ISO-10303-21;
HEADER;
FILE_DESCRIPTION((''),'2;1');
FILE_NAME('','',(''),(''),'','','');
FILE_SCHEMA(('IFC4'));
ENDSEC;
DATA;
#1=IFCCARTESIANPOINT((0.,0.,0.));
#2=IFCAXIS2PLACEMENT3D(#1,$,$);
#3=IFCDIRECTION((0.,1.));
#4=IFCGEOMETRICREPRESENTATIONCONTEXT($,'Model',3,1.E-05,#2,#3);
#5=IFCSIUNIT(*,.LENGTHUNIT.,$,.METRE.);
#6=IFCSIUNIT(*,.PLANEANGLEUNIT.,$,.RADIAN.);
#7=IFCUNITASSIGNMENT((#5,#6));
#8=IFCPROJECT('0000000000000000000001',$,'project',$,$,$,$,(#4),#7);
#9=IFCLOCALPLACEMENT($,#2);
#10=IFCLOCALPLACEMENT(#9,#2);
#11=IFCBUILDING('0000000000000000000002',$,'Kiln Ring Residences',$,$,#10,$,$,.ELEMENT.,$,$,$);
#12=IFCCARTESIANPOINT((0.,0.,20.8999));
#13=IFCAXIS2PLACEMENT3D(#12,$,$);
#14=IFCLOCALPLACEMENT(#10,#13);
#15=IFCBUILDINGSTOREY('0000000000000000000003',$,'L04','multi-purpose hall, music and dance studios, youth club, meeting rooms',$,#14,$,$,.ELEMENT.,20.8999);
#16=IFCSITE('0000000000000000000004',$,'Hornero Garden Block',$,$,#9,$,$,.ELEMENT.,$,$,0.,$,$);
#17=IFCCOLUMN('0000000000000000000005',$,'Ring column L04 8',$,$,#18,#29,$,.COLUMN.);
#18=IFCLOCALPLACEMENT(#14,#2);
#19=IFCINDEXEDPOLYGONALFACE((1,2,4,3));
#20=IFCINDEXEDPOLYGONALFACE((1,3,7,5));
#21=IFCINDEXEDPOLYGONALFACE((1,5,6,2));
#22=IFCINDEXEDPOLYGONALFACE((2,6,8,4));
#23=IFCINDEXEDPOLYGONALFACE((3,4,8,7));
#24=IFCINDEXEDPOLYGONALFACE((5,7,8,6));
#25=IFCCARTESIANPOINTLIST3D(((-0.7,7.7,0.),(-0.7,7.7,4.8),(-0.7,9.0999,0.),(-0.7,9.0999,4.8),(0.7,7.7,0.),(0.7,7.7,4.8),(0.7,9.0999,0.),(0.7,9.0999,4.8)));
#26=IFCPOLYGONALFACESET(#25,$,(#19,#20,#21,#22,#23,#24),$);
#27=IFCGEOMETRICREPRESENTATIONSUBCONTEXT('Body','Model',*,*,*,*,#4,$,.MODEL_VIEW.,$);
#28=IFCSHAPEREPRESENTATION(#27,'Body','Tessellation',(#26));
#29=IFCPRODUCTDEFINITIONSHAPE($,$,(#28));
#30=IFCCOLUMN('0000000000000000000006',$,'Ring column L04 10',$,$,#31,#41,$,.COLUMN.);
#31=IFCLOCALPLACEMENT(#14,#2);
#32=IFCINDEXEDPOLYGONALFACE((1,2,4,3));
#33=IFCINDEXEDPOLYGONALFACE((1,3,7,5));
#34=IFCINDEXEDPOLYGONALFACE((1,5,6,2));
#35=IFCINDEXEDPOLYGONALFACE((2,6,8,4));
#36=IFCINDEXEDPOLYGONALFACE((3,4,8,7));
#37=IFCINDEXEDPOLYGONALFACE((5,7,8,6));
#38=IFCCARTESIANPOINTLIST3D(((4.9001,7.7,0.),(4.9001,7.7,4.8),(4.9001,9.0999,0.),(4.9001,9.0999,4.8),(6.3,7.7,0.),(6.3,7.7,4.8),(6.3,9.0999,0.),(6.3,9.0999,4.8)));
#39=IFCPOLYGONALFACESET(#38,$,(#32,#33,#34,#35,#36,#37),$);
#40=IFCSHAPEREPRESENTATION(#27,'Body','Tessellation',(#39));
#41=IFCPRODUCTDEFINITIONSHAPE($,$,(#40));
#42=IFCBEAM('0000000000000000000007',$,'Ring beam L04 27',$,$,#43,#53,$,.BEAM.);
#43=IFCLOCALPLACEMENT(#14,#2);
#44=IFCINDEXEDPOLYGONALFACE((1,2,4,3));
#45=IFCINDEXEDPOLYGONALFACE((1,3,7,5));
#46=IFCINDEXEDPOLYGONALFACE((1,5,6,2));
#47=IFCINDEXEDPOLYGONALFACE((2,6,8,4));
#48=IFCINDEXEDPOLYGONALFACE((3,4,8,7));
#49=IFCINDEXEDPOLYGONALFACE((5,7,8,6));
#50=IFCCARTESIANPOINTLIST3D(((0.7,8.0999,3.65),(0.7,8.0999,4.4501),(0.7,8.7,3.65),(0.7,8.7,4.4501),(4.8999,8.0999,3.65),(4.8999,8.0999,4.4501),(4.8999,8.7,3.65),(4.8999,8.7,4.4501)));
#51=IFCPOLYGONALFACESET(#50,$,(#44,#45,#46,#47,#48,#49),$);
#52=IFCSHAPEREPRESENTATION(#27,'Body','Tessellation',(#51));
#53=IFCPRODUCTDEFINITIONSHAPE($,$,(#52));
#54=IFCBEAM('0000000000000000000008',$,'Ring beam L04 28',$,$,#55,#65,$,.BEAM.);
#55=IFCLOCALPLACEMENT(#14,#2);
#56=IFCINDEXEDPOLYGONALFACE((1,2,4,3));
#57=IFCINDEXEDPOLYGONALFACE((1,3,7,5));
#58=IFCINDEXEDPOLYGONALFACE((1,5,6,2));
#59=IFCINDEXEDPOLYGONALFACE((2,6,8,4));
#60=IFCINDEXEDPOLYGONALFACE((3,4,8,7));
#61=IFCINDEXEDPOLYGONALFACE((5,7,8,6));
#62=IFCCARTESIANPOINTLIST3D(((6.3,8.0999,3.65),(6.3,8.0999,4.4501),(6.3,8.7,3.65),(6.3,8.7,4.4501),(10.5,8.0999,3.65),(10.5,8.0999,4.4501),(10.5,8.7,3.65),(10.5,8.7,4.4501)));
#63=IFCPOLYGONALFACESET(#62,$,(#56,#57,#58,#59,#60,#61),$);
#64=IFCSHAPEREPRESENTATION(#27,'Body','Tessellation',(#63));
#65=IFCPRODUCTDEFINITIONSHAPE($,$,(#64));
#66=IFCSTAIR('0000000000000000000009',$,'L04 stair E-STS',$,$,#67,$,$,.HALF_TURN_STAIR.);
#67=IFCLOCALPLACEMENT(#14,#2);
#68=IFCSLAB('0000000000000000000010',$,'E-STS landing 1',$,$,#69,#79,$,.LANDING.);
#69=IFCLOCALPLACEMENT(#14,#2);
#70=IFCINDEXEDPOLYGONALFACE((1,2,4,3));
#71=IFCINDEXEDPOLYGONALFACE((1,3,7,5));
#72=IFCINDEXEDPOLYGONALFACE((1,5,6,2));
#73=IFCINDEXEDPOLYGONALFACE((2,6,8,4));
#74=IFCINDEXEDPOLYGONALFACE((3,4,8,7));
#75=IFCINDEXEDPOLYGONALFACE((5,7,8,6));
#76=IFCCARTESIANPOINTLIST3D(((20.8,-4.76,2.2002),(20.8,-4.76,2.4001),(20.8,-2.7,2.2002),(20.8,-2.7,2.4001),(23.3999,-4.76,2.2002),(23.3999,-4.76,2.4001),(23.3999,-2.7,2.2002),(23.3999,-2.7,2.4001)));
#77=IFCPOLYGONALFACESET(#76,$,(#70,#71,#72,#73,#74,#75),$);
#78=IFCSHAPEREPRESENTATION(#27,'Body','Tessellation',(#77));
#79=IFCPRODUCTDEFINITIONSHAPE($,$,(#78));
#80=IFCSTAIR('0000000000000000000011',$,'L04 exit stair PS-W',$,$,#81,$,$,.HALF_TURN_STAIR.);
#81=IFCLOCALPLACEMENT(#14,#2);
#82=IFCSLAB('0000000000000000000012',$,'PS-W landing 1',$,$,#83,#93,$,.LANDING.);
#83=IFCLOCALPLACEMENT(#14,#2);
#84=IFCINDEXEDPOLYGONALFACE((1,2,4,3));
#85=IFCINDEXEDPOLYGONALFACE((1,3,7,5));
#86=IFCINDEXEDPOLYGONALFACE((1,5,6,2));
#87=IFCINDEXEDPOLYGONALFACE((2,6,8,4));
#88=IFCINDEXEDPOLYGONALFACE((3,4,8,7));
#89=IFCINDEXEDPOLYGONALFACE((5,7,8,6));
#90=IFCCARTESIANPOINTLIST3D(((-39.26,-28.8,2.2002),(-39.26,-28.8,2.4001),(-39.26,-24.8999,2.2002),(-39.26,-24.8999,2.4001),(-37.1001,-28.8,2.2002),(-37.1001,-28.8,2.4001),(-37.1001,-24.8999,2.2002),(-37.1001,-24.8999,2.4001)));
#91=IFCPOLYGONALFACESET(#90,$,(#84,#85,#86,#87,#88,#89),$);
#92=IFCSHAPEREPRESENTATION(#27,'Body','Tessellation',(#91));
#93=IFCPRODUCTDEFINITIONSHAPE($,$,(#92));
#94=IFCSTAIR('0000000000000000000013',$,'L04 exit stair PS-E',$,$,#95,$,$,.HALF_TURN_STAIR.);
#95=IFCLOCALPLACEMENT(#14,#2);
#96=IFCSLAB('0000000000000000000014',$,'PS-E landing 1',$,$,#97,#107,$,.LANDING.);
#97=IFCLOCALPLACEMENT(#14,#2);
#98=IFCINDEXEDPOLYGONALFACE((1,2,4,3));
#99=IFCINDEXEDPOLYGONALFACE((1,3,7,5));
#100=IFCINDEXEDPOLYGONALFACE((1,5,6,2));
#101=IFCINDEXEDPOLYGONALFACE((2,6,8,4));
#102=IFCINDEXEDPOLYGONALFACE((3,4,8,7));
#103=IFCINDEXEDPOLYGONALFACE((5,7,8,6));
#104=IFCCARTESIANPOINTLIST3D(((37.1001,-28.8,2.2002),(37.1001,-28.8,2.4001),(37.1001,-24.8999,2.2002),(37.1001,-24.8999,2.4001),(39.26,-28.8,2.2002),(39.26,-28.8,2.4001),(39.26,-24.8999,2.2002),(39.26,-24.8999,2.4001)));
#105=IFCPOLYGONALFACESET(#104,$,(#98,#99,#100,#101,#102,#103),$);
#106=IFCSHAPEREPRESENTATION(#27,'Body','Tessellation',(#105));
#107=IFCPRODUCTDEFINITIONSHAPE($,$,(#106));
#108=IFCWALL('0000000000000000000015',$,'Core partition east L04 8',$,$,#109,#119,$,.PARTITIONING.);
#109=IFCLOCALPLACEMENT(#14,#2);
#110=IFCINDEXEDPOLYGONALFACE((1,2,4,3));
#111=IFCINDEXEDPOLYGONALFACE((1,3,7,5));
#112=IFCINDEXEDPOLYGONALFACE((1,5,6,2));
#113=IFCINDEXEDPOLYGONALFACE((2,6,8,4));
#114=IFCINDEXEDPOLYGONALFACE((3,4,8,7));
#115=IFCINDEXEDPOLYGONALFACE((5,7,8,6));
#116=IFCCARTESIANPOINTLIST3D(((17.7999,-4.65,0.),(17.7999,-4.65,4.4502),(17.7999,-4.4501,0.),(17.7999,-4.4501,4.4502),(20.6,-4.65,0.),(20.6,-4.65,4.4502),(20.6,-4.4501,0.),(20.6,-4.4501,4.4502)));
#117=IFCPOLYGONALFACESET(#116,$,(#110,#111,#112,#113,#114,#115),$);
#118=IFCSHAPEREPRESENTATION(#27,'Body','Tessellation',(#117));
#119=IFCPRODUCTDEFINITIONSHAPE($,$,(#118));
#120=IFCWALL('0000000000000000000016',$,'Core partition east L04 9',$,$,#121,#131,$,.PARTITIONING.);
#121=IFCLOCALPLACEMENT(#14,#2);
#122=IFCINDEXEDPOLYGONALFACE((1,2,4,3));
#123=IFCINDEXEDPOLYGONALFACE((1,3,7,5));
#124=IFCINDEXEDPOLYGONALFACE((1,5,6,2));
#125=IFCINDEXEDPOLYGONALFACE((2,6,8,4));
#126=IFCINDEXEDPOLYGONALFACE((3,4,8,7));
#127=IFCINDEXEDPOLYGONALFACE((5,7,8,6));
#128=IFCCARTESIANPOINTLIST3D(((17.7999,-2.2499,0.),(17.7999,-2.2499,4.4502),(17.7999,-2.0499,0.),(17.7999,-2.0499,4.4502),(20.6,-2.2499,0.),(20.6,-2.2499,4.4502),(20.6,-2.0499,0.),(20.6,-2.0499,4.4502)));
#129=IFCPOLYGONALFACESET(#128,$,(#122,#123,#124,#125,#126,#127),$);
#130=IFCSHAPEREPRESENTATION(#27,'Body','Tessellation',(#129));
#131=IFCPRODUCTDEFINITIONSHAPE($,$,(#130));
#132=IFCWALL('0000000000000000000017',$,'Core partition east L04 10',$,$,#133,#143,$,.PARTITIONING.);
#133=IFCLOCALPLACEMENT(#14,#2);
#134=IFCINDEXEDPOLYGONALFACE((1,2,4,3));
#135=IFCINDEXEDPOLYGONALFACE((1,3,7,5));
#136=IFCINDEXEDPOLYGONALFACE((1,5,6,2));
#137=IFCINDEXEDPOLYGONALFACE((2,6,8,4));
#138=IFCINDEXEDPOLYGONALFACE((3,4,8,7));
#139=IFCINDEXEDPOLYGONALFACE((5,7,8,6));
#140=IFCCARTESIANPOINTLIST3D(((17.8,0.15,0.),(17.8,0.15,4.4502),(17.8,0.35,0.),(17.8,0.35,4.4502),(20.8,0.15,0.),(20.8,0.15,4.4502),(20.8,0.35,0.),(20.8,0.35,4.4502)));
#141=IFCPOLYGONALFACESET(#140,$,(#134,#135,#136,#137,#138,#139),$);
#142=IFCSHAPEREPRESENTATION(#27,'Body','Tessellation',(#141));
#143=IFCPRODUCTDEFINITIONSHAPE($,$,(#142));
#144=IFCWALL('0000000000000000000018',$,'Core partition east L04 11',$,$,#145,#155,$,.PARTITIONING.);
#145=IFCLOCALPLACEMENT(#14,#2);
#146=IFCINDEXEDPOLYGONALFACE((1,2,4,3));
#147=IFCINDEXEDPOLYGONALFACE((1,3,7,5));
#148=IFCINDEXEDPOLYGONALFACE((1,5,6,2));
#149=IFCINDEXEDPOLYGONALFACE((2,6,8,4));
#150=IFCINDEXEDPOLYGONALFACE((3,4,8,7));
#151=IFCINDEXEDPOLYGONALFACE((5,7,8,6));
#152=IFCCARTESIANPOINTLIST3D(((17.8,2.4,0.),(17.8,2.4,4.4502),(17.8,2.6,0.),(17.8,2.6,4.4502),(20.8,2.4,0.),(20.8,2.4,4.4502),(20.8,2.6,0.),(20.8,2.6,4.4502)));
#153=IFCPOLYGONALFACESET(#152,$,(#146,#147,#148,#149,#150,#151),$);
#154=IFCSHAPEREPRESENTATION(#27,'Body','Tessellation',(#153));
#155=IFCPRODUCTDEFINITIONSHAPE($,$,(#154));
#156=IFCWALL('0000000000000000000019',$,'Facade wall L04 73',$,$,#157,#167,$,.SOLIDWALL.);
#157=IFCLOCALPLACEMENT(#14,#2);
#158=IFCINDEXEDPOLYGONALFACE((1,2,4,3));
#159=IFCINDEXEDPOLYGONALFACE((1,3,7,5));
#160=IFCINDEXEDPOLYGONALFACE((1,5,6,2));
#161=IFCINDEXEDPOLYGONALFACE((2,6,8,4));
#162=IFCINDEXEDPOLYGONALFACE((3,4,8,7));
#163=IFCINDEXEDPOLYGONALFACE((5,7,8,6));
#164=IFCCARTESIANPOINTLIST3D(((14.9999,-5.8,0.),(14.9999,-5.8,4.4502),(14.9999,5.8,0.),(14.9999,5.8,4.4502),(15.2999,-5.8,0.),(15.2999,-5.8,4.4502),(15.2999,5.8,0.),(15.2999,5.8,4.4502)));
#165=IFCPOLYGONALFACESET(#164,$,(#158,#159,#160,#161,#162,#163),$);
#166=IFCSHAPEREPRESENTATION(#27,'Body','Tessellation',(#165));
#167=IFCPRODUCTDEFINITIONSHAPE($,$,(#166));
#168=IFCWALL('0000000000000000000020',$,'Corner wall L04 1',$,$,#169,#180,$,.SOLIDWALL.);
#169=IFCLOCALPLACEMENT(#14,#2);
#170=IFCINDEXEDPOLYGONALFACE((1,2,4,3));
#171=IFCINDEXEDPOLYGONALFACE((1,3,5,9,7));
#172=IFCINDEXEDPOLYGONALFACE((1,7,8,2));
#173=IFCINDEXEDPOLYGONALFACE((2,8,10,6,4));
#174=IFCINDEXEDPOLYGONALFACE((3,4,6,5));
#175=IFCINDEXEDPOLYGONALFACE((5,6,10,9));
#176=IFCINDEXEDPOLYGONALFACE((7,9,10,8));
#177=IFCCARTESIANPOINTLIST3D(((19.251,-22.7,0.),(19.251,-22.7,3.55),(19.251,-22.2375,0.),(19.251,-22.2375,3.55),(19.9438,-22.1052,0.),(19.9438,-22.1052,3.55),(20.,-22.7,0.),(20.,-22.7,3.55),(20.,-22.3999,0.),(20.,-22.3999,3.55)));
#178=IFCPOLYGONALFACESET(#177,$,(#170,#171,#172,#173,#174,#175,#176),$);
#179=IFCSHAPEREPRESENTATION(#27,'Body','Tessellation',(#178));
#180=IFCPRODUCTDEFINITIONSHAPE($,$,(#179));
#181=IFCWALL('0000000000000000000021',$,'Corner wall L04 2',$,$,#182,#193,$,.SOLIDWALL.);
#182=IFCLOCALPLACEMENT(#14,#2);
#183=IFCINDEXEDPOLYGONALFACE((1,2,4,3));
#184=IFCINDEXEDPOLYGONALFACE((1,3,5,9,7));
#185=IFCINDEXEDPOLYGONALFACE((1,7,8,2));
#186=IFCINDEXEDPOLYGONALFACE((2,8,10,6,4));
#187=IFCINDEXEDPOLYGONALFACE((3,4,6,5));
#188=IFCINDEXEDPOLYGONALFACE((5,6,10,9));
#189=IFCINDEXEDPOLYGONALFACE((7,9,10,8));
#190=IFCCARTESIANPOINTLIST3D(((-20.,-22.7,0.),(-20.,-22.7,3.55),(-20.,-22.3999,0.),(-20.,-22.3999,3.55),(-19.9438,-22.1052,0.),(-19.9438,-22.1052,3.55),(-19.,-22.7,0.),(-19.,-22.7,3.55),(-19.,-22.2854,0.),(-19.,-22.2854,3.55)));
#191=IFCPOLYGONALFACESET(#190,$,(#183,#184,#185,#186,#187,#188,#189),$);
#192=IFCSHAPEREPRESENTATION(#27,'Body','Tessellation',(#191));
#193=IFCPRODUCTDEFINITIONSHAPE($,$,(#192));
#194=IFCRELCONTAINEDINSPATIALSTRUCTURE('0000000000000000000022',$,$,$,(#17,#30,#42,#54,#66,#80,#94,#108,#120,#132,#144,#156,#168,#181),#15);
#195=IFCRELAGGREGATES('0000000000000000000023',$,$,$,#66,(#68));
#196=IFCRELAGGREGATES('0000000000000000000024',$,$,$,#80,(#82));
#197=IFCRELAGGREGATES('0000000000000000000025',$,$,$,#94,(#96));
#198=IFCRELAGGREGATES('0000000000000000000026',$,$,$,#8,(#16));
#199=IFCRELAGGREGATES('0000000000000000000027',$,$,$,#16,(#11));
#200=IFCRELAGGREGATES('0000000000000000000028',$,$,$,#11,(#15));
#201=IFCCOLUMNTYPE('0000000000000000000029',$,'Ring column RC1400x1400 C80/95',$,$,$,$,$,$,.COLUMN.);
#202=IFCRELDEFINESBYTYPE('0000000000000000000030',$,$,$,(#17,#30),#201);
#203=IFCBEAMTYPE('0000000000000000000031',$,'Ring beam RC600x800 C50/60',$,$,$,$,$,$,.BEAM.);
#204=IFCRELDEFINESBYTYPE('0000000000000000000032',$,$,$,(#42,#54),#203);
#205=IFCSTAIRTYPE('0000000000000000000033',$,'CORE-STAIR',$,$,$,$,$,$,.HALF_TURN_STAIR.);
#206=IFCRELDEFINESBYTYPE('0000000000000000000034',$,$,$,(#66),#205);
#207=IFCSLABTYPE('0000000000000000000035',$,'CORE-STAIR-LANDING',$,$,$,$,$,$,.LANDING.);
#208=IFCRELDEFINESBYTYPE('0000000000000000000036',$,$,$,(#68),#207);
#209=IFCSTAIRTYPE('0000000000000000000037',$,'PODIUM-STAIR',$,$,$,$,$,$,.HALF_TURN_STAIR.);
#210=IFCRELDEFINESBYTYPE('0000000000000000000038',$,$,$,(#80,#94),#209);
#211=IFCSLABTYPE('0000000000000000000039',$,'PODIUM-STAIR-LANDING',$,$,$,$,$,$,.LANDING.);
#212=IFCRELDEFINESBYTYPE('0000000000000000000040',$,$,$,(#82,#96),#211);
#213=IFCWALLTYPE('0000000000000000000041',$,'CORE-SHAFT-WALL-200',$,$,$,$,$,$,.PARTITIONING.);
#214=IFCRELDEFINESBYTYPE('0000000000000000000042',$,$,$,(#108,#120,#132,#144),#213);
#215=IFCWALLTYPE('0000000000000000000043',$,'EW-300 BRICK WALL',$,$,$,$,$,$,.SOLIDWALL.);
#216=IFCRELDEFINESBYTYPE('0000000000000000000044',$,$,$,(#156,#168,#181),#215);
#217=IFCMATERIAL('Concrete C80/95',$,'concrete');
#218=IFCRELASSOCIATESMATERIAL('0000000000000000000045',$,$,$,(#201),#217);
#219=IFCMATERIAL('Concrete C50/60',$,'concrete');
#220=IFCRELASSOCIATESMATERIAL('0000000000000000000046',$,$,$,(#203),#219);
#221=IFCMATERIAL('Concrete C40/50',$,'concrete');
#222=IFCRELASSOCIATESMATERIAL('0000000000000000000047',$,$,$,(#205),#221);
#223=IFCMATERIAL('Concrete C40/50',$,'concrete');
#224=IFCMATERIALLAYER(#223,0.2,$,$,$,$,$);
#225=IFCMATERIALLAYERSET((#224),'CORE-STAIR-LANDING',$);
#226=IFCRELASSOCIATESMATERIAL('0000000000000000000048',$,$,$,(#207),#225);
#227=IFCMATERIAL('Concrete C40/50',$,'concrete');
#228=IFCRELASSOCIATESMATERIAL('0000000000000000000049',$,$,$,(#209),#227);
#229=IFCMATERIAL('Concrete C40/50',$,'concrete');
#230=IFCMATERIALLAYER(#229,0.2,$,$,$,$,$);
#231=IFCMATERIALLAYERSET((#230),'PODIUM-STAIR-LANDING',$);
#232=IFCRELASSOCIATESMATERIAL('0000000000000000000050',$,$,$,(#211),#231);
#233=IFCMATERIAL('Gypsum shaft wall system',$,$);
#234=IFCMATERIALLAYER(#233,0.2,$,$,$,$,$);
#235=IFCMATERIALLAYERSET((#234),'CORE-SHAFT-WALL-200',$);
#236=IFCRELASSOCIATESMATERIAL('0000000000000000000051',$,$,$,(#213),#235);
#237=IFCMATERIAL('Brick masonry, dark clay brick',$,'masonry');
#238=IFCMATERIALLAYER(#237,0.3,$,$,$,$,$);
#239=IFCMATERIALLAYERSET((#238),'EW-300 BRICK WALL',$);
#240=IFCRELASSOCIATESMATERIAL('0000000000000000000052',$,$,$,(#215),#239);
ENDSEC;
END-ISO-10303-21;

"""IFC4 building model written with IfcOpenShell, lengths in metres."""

from ifc_helpers import new_model, si_unit, direction, frame, frame_2d, origin, origin_2d, place, context, subcontext, project, spatial, polyline, rectangle, outline, extrude, material, layer, layer_set, material_profile, profile_set, type_object, element, aggregate, save


model = new_model("IFC4")

# Units and contexts
model_context = context("Model", 3, precision=1e-05, world=origin(), true_north=direction((0.0, 1.0)))
body_context = subcontext(model_context, "Body", "Model", "MODEL_VIEW")
ifc_project = project(units=[si_unit("LENGTHUNIT", "METRE"), si_unit("PLANEANGLEUNIT", "RADIAN")], contexts=[model_context])

# Site, building, storey
site_placement = place(None, origin())
site = spatial("IfcSite", under=ifc_project, at=site_placement, Name="Hornero Garden Block", CompositionType="ELEMENT", RefElevation=0.0)
building_placement = place(site_placement, origin())
building = spatial("IfcBuilding", under=site, at=building_placement, Name="Kiln Ring Residences", CompositionType="ELEMENT")
storey_placement = place(building_placement, frame((0.0, 0.0, 20.8999)))
storey = spatial("IfcBuildingStorey", under=building, at=storey_placement, Name="L04", Description="multi-purpose hall, music and dance studios, youth club, meeting rooms", CompositionType="ELEMENT", Elevation=20.8999)

# Columns
ifc_material_1 = material(Name="Concrete C80/95", Category="concrete")
ifc_material_profile_1 = material_profile(ifc_material_1, rectangle(XDim=1.3999, YDim=1.3999, at=origin_2d()), Name="RC1400x1400")
ifc_profile_set_1 = profile_set([ifc_material_profile_1], Name="Concrete C80/95")
column_type = type_object("IfcColumnType", Name="Ring column RC1400x1400 C80/95", PredefinedType="COLUMN", material=ifc_profile_set_1)
for number, where, z_axis, x_axis, name in (
    (1, (0.0, 8.3999, 0.0), (0.0, 0.0, 1.0), (1.0, 0.0, 0.0), "Ring column L04 8"),
    (2, (5.6001, 8.3999, 0.0), (0.0, 0.0, 1.0), (1.0, 0.0, 0.0), "Ring column L04 10"),
):
    element("IfcColumn", number, at=place(storey_placement, frame(where, z_axis=z_axis, x_axis=x_axis)), inside=storey, type_object=column_type, Name=name, PredefinedType="COLUMN", context=body_context, shape_type="SweptSolid", body=[
        extrude(rectangle(XDim=1.3999, YDim=1.3999, at=origin_2d()), origin(), (0.0, 0.0, 1.0), 4.8),
    ])

# Beams
ifc_material_2 = material(Name="Concrete C50/60", Category="concrete")
ifc_material_profile_2 = material_profile(ifc_material_2, rectangle(XDim=0.6001, YDim=0.8, at=origin_2d()), Name="RC600x800")
ifc_profile_set_2 = profile_set([ifc_material_profile_2], Name="Concrete C50/60")
beam_type = type_object("IfcBeamType", Name="Ring beam RC600x800 C50/60", PredefinedType="BEAM", material=ifc_profile_set_2)
for number, where, z_axis, x_axis, name in (
    (3, (0.7, 8.3999, 4.05), (1.0, 0.0, 0.0), (0.0, 1.0, 0.0), "Ring beam L04 27"),
    (4, (6.3, 8.3999, 4.05), (1.0, 0.0, 0.0), (0.0, 1.0, 0.0), "Ring beam L04 28"),
):
    element("IfcBeam", number, at=place(storey_placement, frame(where, z_axis=z_axis, x_axis=x_axis)), inside=storey, type_object=beam_type, Name=name, PredefinedType="BEAM", context=body_context, shape_type="SweptSolid", body=[
        extrude(rectangle(XDim=0.6001, YDim=0.8, at=origin_2d()), origin(), (0.0, 0.0, 1.0), 4.2),
    ])

# Stairs, slabs
ifc_material_3 = material(Name="Concrete C40/50", Category="concrete")
stair_type_1 = type_object("IfcStairType", Name="CORE-STAIR", PredefinedType="HALF_TURN_STAIR", material=ifc_material_3)
placement_1 = place(storey_placement, origin())
stair_1 = element("IfcStair", 5, at=placement_1, inside=storey, type_object=stair_type_1, Name="L04 stair E-STS", PredefinedType="HALF_TURN_STAIR")
ifc_material_4 = material(Name="Concrete C40/50", Category="concrete")
ifc_layer_1 = layer(ifc_material_4, 0.2)
ifc_layer_set_1 = layer_set([ifc_layer_1], Name="CORE-STAIR-LANDING")
slab_type_1 = type_object("IfcSlabType", Name="CORE-STAIR-LANDING", PredefinedType="LANDING", material=ifc_layer_set_1)
placement_2 = place(storey_placement, frame((0.0, 0.0, 2.2002)))
slab_1 = element("IfcSlab", 6, at=placement_2, type_object=slab_type_1, Name="E-STS landing 1", PredefinedType="LANDING", context=body_context, shape_type="SweptSolid", body=[
    extrude(outline(polyline([(23.3999, -4.76), (23.3999, -2.7), (20.8, -2.7), (20.8, -4.76), (23.3999, -4.76)])), origin(), (0.0, 0.0, 1.0), 0.2),
])
aggregate(stair_1, [slab_1])
ifc_material_5 = material(Name="Concrete C40/50", Category="concrete")
stair_type_2 = type_object("IfcStairType", Name="PODIUM-STAIR", PredefinedType="HALF_TURN_STAIR", material=ifc_material_5)
stair_2 = element("IfcStair", 7, at=placement_1, inside=storey, type_object=stair_type_2, Name="L04 exit stair PS-W", PredefinedType="HALF_TURN_STAIR")
ifc_material_6 = material(Name="Concrete C40/50", Category="concrete")
ifc_layer_2 = layer(ifc_material_6, 0.2)
ifc_layer_set_2 = layer_set([ifc_layer_2], Name="PODIUM-STAIR-LANDING")
slab_type_2 = type_object("IfcSlabType", Name="PODIUM-STAIR-LANDING", PredefinedType="LANDING", material=ifc_layer_set_2)
slab_2 = element("IfcSlab", 8, at=placement_2, type_object=slab_type_2, Name="PS-W landing 1", PredefinedType="LANDING", context=body_context, shape_type="SweptSolid", body=[
    extrude(outline(polyline([(-39.26, -28.8), (-37.1001, -28.8), (-37.1001, -24.8999), (-39.26, -24.8999), (-39.26, -28.8)])), origin(), (0.0, 0.0, 1.0), 0.2),
])
aggregate(stair_2, [slab_2])
stair_3 = element("IfcStair", 9, at=placement_1, inside=storey, type_object=stair_type_2, Name="L04 exit stair PS-E", PredefinedType="HALF_TURN_STAIR")
slab_3 = element("IfcSlab", 10, at=placement_2, type_object=slab_type_2, Name="PS-E landing 1", PredefinedType="LANDING", context=body_context, shape_type="SweptSolid", body=[
    extrude(outline(polyline([(39.26, -24.8999), (37.1001, -24.8999), (37.1001, -28.8), (39.26, -28.8), (39.26, -24.8999)])), origin(), (0.0, 0.0, 1.0), 0.2),
])
aggregate(stair_3, [slab_3])

# Walls
ifc_material_7 = material(Name="Gypsum shaft wall system")
ifc_layer_3 = layer(ifc_material_7, 0.2)
ifc_layer_set_3 = layer_set([ifc_layer_3], Name="CORE-SHAFT-WALL-200")
wall_type_1 = type_object("IfcWallType", Name="CORE-SHAFT-WALL-200", PredefinedType="PARTITIONING", material=ifc_layer_set_3)
for number, where, z_axis, x_axis, name in (
    (11, (17.8, -4.55, 0.0), (0.0, 0.0, 1.0), (1.0, 0.0, 0.0), "Core partition east L04 8"),
    (12, (17.8, -2.1499, 0.0), (0.0, 0.0, 1.0), (1.0, 0.0, 0.0), "Core partition east L04 9"),
):
    element("IfcWall", number, at=place(storey_placement, frame(where, z_axis=z_axis, x_axis=x_axis)), inside=storey, type_object=wall_type_1, Name=name, PredefinedType="PARTITIONING", context=body_context, shape_type="SweptSolid", body=[
        extrude(rectangle(XDim=2.8, YDim=0.2, at=frame_2d((1.3999, 0.0))), origin(), (0.0, 0.0, 1.0), 4.4502),
    ])
for number, where, z_axis, x_axis, name in (
    (13, (17.8, 0.25, 0.0), (0.0, 0.0, 1.0), (1.0, 0.0, 0.0), "Core partition east L04 10"),
    (14, (17.8, 2.5, 0.0), (0.0, 0.0, 1.0), (1.0, 0.0, 0.0), "Core partition east L04 11"),
):
    element("IfcWall", number, at=place(storey_placement, frame(where, z_axis=z_axis, x_axis=x_axis)), inside=storey, type_object=wall_type_1, Name=name, PredefinedType="PARTITIONING", context=body_context, shape_type="SweptSolid", body=[
        extrude(rectangle(XDim=3.0, YDim=0.2, at=frame_2d((1.5, 0.0))), origin(), (0.0, 0.0, 1.0), 4.4502),
    ])
ifc_material_8 = material(Name="Brick masonry, dark clay brick", Category="masonry")
ifc_layer_4 = layer(ifc_material_8, 0.3)
ifc_layer_set_4 = layer_set([ifc_layer_4], Name="EW-300 BRICK WALL")
wall_type_2 = type_object("IfcWallType", Name="EW-300 BRICK WALL", PredefinedType="SOLIDWALL", material=ifc_layer_set_4)
wall_1_placement = place(storey_placement, frame((15.1499, 5.8, 0.0), z_axis=(0.0, 0.0, 1.0), x_axis=(0.0, -1.0, 0.0)))
element("IfcWall", 15, at=wall_1_placement, inside=storey, type_object=wall_type_2, Name="Facade wall L04 73", PredefinedType="SOLIDWALL", context=body_context, shape_type="SweptSolid", body=[
    extrude(rectangle(XDim=11.6001, YDim=0.3, at=frame_2d((5.8, 0.0))), origin(), (0.0, 0.0, 1.0), 4.4502),
])
element("IfcWall", 16, at=placement_1, inside=storey, type_object=wall_type_2, Name="Corner wall L04 1", PredefinedType="SOLIDWALL", context=body_context, shape_type="SweptSolid", body=[
    extrude(outline(polyline([(19.9438, -22.1052), (19.251, -22.2375), (19.251, -22.7), (20.0, -22.7), (20.0, -22.3999), (19.9438, -22.1052)])), origin(), (0.0, 0.0, 1.0), 3.55),
])
element("IfcWall", 17, at=placement_1, inside=storey, type_object=wall_type_2, Name="Corner wall L04 2", PredefinedType="SOLIDWALL", context=body_context, shape_type="SweptSolid", body=[
    extrude(outline(polyline([(-20.0, -22.7), (-19.0, -22.7), (-19.0, -22.2854), (-19.9438, -22.1052), (-20.0, -22.3999), (-20.0, -22.7)])), origin(), (0.0, 0.0, 1.0), 3.55),
])

save(model, "model.ifc")
